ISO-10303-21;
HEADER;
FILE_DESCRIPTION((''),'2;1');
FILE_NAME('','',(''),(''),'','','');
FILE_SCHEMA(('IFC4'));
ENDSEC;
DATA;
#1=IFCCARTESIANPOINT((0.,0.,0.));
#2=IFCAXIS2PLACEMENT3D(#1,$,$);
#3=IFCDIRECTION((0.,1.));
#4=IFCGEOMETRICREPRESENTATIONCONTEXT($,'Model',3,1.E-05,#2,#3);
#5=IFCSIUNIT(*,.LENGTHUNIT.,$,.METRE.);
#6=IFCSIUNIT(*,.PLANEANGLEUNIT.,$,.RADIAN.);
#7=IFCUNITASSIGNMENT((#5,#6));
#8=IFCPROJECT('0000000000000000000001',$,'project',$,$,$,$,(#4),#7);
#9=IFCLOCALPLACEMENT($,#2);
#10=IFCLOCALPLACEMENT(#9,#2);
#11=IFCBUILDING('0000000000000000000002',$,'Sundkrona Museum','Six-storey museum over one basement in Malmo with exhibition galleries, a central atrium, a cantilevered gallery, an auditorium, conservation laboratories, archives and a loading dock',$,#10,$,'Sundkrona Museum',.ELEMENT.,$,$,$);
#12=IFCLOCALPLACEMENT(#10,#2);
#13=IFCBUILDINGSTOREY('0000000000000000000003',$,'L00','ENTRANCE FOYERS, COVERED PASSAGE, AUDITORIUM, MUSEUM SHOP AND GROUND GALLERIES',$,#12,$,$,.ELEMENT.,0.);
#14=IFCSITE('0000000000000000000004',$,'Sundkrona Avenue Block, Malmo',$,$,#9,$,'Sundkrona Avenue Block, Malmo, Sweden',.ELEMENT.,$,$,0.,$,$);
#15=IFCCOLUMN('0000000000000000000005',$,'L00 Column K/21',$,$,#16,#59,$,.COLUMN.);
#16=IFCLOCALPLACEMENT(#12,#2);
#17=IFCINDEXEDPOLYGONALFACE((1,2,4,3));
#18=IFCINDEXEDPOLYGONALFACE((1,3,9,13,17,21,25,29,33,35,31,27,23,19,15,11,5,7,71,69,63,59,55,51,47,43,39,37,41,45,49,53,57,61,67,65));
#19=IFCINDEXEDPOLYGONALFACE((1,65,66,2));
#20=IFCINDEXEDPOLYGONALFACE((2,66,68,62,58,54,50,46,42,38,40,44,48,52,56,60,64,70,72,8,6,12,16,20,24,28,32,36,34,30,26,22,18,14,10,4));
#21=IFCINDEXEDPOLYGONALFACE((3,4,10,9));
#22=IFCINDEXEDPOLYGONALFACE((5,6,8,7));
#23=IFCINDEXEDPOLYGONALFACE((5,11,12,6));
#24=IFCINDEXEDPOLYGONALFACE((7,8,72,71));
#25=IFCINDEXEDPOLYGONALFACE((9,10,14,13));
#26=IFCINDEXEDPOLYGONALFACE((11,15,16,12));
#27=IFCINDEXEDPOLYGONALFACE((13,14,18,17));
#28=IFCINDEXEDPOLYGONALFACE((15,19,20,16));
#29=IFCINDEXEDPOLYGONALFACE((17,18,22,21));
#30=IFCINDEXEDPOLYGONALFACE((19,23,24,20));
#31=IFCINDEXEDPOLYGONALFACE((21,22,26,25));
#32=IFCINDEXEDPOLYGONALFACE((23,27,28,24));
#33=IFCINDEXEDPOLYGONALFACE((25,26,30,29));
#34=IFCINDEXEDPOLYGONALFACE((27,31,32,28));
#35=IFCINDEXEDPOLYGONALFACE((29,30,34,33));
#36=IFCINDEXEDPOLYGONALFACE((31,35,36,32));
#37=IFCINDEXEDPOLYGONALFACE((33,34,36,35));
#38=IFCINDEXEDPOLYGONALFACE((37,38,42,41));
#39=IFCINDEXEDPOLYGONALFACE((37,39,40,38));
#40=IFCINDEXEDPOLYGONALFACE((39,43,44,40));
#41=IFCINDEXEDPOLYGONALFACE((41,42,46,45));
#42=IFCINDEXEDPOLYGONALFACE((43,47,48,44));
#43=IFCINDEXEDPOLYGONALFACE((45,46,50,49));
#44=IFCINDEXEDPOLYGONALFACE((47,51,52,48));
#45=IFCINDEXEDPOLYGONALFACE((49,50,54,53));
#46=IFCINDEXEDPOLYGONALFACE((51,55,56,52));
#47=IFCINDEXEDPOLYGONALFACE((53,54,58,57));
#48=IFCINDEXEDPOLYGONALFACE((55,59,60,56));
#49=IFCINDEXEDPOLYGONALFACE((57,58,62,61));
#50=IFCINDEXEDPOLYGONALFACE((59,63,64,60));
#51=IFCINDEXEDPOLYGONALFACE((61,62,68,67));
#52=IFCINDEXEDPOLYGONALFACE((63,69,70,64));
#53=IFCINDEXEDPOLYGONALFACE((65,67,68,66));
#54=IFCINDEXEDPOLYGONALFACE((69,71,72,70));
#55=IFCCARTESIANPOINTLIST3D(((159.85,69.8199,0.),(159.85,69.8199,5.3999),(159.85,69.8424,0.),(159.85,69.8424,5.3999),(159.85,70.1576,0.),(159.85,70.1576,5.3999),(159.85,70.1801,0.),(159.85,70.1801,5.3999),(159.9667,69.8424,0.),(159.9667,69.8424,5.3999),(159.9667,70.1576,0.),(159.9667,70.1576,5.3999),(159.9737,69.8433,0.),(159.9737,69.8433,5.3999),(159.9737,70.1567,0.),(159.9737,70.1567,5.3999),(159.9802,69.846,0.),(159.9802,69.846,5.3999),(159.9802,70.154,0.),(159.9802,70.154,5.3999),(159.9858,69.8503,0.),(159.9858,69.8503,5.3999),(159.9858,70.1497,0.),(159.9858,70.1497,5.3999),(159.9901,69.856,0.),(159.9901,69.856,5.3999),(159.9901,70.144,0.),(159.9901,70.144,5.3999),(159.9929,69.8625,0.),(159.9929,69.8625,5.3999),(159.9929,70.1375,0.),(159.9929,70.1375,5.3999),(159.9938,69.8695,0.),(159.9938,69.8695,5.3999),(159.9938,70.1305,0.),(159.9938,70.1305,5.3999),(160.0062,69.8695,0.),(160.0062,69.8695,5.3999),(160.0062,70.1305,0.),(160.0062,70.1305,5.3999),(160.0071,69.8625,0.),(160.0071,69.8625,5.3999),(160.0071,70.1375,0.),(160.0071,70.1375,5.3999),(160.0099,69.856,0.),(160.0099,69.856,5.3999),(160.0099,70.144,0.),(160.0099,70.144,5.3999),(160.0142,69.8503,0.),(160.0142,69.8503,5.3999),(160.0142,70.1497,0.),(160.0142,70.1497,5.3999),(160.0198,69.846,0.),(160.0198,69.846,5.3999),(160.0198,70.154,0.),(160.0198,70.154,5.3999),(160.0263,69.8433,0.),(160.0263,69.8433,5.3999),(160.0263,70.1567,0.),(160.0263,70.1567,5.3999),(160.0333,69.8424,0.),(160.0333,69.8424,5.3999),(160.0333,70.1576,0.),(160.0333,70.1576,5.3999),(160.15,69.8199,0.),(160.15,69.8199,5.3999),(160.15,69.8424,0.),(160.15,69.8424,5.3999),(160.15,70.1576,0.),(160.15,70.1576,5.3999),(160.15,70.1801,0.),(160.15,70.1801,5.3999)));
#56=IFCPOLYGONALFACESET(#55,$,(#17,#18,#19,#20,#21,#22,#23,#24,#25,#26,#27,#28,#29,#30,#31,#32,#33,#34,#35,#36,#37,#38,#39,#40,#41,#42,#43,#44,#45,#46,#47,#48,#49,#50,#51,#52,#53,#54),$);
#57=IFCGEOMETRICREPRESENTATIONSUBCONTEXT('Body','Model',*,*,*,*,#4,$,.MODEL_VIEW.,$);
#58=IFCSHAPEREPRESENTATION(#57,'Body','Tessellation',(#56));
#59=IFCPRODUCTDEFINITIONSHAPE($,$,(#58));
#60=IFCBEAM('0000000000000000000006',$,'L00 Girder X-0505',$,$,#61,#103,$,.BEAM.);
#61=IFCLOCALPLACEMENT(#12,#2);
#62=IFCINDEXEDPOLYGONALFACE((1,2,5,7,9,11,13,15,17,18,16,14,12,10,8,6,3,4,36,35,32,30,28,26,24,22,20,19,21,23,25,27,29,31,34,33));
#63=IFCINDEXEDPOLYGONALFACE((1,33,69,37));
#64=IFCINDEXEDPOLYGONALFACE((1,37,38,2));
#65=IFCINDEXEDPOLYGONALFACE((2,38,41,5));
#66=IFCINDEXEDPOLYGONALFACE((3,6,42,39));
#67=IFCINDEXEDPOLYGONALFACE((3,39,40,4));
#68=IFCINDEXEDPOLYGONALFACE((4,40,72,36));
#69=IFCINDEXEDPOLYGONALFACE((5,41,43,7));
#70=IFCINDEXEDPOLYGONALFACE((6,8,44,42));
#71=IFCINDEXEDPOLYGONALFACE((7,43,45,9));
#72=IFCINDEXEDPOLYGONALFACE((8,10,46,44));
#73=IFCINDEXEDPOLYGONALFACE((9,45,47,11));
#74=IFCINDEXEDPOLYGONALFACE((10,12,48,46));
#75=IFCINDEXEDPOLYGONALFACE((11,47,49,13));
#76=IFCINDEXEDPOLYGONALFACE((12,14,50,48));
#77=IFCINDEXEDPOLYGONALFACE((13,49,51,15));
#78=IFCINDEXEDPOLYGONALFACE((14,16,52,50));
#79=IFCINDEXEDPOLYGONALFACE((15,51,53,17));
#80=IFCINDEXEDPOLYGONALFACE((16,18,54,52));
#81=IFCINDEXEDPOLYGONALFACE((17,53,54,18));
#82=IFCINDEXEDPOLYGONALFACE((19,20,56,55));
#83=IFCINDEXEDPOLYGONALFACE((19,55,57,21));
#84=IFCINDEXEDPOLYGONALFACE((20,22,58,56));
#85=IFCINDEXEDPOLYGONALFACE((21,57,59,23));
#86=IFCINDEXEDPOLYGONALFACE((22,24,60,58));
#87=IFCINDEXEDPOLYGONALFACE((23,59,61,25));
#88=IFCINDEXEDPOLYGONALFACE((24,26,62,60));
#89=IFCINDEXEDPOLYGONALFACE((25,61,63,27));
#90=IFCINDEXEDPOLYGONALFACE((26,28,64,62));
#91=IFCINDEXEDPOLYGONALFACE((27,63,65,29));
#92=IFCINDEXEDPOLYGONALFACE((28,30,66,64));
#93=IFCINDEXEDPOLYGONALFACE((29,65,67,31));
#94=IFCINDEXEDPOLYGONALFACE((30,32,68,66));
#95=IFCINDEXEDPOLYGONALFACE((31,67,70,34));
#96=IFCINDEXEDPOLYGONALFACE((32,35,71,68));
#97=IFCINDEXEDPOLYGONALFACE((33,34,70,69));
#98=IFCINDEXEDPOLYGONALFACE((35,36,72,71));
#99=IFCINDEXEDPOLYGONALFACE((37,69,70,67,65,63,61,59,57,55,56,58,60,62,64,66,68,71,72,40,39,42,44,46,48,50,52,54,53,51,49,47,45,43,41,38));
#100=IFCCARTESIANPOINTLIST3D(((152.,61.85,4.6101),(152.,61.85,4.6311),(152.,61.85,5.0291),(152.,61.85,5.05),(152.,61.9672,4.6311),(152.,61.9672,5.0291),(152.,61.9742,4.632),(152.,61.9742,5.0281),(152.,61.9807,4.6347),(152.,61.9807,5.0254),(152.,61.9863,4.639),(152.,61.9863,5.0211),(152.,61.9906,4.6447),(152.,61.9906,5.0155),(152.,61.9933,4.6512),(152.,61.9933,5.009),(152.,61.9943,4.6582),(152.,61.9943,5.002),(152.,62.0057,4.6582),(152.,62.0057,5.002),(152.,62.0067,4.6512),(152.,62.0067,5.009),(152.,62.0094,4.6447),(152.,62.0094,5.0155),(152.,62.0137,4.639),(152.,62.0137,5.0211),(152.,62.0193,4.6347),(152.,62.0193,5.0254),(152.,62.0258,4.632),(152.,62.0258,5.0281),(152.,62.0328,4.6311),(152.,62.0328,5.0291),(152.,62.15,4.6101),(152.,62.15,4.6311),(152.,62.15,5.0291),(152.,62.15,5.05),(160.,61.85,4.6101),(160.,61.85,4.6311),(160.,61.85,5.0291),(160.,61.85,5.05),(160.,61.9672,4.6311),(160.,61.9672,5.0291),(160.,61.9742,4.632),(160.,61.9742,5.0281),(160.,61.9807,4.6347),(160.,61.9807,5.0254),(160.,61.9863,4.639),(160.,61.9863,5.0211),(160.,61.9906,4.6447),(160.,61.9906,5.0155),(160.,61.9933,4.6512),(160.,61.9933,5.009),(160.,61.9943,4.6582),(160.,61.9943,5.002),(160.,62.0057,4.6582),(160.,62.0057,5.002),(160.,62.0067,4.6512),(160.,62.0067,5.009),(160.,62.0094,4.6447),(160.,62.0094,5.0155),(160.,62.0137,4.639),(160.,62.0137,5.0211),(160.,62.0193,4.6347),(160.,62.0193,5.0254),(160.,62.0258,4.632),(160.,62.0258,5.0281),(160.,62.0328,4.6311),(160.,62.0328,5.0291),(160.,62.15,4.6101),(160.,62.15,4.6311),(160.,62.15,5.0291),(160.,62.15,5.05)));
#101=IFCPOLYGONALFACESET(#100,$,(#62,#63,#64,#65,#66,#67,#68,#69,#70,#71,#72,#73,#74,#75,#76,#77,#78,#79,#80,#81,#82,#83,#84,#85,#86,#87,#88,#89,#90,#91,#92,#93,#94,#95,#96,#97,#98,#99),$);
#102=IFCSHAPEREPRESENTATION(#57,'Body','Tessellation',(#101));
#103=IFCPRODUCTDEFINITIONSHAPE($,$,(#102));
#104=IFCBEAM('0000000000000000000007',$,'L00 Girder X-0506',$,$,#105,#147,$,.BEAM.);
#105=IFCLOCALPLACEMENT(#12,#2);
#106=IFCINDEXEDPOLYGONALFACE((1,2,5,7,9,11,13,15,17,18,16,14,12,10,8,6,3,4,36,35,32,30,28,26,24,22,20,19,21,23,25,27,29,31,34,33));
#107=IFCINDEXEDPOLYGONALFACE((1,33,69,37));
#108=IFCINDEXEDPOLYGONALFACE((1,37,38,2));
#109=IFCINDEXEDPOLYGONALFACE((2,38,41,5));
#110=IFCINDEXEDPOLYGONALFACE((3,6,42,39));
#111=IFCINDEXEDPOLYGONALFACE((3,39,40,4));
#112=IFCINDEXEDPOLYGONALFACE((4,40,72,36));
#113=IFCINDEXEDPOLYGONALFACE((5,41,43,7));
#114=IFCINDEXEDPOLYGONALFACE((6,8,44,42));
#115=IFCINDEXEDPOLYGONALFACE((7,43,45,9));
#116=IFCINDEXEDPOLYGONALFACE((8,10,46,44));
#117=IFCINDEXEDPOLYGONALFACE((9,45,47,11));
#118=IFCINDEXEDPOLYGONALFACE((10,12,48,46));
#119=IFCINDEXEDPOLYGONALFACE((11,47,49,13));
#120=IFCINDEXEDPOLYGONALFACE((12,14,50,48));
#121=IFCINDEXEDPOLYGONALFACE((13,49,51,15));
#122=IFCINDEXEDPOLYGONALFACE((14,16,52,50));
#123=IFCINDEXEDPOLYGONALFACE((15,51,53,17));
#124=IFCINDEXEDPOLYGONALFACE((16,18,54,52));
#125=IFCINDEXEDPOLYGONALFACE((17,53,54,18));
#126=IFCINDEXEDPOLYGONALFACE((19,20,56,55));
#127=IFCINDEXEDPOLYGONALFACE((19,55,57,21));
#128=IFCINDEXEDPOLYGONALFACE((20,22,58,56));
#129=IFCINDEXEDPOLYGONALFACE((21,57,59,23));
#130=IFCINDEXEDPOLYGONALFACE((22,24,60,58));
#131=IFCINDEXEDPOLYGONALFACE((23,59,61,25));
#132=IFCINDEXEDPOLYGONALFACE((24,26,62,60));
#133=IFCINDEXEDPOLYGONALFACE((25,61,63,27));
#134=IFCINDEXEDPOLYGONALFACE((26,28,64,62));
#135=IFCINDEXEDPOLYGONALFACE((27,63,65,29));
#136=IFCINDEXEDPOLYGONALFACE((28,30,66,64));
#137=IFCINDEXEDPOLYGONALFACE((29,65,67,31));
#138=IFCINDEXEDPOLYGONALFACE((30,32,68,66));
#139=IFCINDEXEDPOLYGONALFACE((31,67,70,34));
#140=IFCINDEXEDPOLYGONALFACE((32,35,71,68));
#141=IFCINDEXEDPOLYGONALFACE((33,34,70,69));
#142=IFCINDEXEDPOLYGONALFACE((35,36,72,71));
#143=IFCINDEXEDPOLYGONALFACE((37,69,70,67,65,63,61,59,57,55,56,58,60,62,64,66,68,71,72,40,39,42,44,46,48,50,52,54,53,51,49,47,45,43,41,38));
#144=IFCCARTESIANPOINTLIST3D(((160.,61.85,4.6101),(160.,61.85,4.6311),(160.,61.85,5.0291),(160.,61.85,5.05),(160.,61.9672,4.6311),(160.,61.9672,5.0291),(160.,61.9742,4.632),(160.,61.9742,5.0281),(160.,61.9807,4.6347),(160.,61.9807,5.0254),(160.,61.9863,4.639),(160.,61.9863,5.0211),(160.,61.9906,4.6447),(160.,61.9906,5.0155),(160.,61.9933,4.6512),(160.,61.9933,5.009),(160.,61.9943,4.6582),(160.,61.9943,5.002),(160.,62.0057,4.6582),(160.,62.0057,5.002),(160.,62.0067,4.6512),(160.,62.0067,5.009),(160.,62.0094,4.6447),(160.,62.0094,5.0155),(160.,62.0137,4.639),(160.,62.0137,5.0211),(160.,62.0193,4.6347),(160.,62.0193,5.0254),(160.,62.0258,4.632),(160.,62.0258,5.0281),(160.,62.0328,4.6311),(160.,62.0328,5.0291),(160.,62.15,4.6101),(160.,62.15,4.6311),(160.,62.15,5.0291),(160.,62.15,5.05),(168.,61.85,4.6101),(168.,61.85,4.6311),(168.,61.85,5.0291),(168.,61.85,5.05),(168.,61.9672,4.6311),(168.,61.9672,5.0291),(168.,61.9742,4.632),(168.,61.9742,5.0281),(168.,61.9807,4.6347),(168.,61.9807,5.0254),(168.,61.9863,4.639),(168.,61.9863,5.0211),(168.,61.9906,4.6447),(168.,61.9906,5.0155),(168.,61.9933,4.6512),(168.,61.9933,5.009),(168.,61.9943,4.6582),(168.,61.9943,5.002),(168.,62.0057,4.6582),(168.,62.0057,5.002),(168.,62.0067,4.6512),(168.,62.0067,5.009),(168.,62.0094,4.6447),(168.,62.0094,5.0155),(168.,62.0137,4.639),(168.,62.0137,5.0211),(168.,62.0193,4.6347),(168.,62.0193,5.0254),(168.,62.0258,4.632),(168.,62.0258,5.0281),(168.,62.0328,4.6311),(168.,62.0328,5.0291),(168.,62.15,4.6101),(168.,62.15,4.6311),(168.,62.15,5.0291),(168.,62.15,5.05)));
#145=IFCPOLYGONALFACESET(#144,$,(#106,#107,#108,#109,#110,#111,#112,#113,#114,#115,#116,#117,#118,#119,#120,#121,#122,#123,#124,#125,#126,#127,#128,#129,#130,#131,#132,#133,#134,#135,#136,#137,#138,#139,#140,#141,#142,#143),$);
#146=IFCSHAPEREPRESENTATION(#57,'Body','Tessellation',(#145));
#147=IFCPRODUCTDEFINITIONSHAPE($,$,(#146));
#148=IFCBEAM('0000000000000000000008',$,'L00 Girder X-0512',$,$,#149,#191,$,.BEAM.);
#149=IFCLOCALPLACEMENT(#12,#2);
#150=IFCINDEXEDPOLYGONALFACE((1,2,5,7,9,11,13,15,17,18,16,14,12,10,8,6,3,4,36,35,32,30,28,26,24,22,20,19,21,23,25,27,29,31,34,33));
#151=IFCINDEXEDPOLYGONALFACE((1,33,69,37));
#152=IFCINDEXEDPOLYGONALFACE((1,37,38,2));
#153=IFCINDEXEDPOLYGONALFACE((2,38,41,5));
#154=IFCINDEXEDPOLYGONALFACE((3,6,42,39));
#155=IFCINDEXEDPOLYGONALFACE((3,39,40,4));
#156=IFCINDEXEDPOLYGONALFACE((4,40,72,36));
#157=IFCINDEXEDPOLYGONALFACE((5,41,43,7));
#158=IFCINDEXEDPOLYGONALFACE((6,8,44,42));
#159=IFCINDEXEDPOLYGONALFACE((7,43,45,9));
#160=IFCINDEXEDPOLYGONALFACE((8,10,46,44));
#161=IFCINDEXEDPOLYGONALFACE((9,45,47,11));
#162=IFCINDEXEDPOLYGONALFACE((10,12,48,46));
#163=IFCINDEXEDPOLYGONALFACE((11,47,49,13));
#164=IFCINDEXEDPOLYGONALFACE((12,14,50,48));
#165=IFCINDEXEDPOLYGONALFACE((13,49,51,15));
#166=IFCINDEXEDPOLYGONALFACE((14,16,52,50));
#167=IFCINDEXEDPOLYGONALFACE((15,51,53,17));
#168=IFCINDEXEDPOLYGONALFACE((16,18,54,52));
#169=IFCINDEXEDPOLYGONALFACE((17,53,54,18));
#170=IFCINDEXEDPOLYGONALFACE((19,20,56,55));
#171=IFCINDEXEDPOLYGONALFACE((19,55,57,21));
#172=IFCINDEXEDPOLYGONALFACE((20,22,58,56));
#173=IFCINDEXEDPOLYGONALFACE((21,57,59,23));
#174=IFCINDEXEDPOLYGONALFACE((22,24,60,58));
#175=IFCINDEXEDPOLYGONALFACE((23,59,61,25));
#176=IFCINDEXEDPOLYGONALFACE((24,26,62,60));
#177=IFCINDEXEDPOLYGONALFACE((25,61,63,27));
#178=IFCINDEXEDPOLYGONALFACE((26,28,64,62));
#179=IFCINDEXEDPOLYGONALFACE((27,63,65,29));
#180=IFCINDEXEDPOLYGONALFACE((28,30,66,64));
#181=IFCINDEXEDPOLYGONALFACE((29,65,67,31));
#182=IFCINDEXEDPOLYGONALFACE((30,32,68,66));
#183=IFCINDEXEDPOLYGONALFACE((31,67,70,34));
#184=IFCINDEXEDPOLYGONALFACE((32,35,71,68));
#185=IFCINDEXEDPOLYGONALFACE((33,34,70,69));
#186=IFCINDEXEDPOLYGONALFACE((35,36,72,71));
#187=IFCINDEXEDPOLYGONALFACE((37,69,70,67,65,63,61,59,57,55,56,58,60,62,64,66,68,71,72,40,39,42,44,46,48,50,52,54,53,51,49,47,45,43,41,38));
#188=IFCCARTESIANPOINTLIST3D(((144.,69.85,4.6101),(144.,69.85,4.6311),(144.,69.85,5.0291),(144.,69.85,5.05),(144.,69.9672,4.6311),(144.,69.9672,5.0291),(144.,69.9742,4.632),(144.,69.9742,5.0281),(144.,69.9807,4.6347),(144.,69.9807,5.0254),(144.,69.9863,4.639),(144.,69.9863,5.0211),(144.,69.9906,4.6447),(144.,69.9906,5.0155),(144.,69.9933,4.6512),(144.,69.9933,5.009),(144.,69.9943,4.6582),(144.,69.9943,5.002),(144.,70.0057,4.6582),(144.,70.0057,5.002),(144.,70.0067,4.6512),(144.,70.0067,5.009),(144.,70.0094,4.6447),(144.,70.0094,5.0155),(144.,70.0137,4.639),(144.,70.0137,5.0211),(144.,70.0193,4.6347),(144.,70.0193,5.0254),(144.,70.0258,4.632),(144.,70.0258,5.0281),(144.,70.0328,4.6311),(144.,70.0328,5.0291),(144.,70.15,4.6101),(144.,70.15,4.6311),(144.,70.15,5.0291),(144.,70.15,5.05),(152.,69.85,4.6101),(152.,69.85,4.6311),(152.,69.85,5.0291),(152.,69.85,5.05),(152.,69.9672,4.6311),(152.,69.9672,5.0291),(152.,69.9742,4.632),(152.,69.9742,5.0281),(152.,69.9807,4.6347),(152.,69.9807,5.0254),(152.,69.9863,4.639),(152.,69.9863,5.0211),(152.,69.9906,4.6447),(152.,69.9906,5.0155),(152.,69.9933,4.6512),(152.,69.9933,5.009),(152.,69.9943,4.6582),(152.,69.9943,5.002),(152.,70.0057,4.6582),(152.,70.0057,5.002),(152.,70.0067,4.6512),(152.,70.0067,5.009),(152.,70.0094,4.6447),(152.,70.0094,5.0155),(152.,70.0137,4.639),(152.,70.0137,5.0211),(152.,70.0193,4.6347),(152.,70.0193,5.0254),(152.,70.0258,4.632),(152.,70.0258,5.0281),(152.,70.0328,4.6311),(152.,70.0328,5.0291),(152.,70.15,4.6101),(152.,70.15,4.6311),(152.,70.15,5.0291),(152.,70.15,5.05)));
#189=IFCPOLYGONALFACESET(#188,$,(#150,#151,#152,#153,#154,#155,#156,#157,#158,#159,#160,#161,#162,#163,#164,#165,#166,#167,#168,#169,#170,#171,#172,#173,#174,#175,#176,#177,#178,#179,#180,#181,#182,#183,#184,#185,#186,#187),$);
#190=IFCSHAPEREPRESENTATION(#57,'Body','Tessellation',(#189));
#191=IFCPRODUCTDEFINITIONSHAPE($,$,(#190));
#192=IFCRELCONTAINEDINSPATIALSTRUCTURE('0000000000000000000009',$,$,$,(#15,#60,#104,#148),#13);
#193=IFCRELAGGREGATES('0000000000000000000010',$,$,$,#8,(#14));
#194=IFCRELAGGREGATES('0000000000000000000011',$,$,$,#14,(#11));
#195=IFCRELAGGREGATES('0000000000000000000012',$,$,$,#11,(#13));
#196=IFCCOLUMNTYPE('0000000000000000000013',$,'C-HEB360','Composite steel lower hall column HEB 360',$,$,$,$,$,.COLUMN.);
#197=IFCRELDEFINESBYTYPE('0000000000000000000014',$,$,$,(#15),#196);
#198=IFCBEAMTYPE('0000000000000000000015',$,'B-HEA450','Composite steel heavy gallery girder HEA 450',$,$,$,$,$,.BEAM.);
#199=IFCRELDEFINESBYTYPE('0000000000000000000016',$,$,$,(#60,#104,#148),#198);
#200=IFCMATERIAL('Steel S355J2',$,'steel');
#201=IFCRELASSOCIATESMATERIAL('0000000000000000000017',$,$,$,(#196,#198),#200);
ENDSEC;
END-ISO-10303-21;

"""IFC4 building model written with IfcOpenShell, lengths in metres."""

from ifc_helpers import new_model, si_unit, direction, frame, origin, origin_2d, place, context, subcontext, project, spatial, i_section, extrude, material, material_profile, profile_set, type_object, element, save


model = new_model("IFC4")

# Units and contexts
model_context = context("Model", 3, precision=1e-05, world=origin(), true_north=direction((0.0, 1.0)))
body_context = subcontext(model_context, "Body", "Model", "MODEL_VIEW")
ifc_project = project(units=[si_unit("LENGTHUNIT", "METRE"), si_unit("PLANEANGLEUNIT", "RADIAN")], contexts=[model_context])

# Site, building, storey
site_placement = place(None, origin())
site = spatial("IfcSite", under=ifc_project, at=site_placement, Name="Sundkrona Avenue Block, Malmo", LongName="Sundkrona Avenue Block, Malmo, Sweden", CompositionType="ELEMENT", RefElevation=0.0)
building_placement = place(site_placement, origin())
building = spatial("IfcBuilding", under=site, at=building_placement, Name="Sundkrona Museum", Description="Six-storey museum over one basement in Malmo with exhibition galleries, a central atrium, a cantilevered gallery, an auditorium, conservation laboratories, archives and a loading dock", LongName="Sundkrona Museum", CompositionType="ELEMENT")
storey_placement = place(building_placement, origin())
storey = spatial("IfcBuildingStorey", under=building, at=storey_placement, Name="L00", Description="ENTRANCE FOYERS, COVERED PASSAGE, AUDITORIUM, MUSEUM SHOP AND GROUND GALLERIES", CompositionType="ELEMENT", Elevation=0.0)

# Column
ifc_material = material(Name="Steel S355J2", Category="steel")
ifc_material_profile_1 = material_profile(ifc_material, i_section(OverallWidth=0.3, OverallDepth=0.3601, WebThickness=0.0125, FlangeThickness=0.0225, FilletRadius=0.0271, at=origin_2d()), Name="HEB 360")
ifc_profile_set_1 = profile_set([ifc_material_profile_1], Name="Steel S355J2")
column_type = type_object("IfcColumnType", Name="C-HEB360", Description="Composite steel lower hall column HEB 360", PredefinedType="COLUMN", material=ifc_profile_set_1)
for number, where, z_axis, x_axis, name in (
    (1, (160.0, 70.0, 0.0), (0.0, 0.0, 1.0), (1.0, 0.0, 0.0), "L00 Column K/21"),
):
    element("IfcColumn", number, at=place(storey_placement, frame(where, z_axis=z_axis, x_axis=x_axis)), inside=storey, type_object=column_type, Name=name, PredefinedType="COLUMN", context=body_context, shape_type="SweptSolid", body=[
        extrude(i_section(OverallWidth=0.3, OverallDepth=0.3601, WebThickness=0.0125, FlangeThickness=0.0225, FilletRadius=0.0271, at=origin_2d()), origin(), (0.0, 0.0, 1.0), 5.3999),
    ])

# Beams
ifc_material_profile_2 = material_profile(ifc_material, i_section(OverallWidth=0.3, OverallDepth=0.4399, WebThickness=0.0115, FlangeThickness=0.021, FilletRadius=0.0271, at=origin_2d()), Name="HEA 450")
ifc_profile_set_2 = profile_set([ifc_material_profile_2], Name="Steel S355J2")
beam_type_1 = type_object("IfcBeamType", Name="B-HEA450", Description="Composite steel heavy gallery girder HEA 450", PredefinedType="BEAM", material=ifc_profile_set_2)
for number, where, z_axis, x_axis, name in (
    (2, (152.0, 62.0, 4.8301), (1.0, 0.0, 0.0), (0.0, 1.0, 0.0), "L00 Girder X-0505"),
    (3, (160.0, 62.0, 4.8301), (1.0, 0.0, 0.0), (0.0, 1.0, 0.0), "L00 Girder X-0506"),
    (4, (144.0, 70.0, 4.8301), (1.0, 0.0, 0.0), (0.0, 1.0, 0.0), "L00 Girder X-0512"),
):
    element("IfcBeam", number, at=place(storey_placement, frame(where, z_axis=z_axis, x_axis=x_axis)), inside=storey, type_object=beam_type_1, Name=name, PredefinedType="BEAM", context=body_context, shape_type="SweptSolid", body=[
        extrude(i_section(OverallWidth=0.3, OverallDepth=0.4399, WebThickness=0.0115, FlangeThickness=0.021, FilletRadius=0.0271, at=origin_2d()), origin(), (0.0, 0.0, 1.0), 8.0),
    ])

save(model, "model.ifc")
